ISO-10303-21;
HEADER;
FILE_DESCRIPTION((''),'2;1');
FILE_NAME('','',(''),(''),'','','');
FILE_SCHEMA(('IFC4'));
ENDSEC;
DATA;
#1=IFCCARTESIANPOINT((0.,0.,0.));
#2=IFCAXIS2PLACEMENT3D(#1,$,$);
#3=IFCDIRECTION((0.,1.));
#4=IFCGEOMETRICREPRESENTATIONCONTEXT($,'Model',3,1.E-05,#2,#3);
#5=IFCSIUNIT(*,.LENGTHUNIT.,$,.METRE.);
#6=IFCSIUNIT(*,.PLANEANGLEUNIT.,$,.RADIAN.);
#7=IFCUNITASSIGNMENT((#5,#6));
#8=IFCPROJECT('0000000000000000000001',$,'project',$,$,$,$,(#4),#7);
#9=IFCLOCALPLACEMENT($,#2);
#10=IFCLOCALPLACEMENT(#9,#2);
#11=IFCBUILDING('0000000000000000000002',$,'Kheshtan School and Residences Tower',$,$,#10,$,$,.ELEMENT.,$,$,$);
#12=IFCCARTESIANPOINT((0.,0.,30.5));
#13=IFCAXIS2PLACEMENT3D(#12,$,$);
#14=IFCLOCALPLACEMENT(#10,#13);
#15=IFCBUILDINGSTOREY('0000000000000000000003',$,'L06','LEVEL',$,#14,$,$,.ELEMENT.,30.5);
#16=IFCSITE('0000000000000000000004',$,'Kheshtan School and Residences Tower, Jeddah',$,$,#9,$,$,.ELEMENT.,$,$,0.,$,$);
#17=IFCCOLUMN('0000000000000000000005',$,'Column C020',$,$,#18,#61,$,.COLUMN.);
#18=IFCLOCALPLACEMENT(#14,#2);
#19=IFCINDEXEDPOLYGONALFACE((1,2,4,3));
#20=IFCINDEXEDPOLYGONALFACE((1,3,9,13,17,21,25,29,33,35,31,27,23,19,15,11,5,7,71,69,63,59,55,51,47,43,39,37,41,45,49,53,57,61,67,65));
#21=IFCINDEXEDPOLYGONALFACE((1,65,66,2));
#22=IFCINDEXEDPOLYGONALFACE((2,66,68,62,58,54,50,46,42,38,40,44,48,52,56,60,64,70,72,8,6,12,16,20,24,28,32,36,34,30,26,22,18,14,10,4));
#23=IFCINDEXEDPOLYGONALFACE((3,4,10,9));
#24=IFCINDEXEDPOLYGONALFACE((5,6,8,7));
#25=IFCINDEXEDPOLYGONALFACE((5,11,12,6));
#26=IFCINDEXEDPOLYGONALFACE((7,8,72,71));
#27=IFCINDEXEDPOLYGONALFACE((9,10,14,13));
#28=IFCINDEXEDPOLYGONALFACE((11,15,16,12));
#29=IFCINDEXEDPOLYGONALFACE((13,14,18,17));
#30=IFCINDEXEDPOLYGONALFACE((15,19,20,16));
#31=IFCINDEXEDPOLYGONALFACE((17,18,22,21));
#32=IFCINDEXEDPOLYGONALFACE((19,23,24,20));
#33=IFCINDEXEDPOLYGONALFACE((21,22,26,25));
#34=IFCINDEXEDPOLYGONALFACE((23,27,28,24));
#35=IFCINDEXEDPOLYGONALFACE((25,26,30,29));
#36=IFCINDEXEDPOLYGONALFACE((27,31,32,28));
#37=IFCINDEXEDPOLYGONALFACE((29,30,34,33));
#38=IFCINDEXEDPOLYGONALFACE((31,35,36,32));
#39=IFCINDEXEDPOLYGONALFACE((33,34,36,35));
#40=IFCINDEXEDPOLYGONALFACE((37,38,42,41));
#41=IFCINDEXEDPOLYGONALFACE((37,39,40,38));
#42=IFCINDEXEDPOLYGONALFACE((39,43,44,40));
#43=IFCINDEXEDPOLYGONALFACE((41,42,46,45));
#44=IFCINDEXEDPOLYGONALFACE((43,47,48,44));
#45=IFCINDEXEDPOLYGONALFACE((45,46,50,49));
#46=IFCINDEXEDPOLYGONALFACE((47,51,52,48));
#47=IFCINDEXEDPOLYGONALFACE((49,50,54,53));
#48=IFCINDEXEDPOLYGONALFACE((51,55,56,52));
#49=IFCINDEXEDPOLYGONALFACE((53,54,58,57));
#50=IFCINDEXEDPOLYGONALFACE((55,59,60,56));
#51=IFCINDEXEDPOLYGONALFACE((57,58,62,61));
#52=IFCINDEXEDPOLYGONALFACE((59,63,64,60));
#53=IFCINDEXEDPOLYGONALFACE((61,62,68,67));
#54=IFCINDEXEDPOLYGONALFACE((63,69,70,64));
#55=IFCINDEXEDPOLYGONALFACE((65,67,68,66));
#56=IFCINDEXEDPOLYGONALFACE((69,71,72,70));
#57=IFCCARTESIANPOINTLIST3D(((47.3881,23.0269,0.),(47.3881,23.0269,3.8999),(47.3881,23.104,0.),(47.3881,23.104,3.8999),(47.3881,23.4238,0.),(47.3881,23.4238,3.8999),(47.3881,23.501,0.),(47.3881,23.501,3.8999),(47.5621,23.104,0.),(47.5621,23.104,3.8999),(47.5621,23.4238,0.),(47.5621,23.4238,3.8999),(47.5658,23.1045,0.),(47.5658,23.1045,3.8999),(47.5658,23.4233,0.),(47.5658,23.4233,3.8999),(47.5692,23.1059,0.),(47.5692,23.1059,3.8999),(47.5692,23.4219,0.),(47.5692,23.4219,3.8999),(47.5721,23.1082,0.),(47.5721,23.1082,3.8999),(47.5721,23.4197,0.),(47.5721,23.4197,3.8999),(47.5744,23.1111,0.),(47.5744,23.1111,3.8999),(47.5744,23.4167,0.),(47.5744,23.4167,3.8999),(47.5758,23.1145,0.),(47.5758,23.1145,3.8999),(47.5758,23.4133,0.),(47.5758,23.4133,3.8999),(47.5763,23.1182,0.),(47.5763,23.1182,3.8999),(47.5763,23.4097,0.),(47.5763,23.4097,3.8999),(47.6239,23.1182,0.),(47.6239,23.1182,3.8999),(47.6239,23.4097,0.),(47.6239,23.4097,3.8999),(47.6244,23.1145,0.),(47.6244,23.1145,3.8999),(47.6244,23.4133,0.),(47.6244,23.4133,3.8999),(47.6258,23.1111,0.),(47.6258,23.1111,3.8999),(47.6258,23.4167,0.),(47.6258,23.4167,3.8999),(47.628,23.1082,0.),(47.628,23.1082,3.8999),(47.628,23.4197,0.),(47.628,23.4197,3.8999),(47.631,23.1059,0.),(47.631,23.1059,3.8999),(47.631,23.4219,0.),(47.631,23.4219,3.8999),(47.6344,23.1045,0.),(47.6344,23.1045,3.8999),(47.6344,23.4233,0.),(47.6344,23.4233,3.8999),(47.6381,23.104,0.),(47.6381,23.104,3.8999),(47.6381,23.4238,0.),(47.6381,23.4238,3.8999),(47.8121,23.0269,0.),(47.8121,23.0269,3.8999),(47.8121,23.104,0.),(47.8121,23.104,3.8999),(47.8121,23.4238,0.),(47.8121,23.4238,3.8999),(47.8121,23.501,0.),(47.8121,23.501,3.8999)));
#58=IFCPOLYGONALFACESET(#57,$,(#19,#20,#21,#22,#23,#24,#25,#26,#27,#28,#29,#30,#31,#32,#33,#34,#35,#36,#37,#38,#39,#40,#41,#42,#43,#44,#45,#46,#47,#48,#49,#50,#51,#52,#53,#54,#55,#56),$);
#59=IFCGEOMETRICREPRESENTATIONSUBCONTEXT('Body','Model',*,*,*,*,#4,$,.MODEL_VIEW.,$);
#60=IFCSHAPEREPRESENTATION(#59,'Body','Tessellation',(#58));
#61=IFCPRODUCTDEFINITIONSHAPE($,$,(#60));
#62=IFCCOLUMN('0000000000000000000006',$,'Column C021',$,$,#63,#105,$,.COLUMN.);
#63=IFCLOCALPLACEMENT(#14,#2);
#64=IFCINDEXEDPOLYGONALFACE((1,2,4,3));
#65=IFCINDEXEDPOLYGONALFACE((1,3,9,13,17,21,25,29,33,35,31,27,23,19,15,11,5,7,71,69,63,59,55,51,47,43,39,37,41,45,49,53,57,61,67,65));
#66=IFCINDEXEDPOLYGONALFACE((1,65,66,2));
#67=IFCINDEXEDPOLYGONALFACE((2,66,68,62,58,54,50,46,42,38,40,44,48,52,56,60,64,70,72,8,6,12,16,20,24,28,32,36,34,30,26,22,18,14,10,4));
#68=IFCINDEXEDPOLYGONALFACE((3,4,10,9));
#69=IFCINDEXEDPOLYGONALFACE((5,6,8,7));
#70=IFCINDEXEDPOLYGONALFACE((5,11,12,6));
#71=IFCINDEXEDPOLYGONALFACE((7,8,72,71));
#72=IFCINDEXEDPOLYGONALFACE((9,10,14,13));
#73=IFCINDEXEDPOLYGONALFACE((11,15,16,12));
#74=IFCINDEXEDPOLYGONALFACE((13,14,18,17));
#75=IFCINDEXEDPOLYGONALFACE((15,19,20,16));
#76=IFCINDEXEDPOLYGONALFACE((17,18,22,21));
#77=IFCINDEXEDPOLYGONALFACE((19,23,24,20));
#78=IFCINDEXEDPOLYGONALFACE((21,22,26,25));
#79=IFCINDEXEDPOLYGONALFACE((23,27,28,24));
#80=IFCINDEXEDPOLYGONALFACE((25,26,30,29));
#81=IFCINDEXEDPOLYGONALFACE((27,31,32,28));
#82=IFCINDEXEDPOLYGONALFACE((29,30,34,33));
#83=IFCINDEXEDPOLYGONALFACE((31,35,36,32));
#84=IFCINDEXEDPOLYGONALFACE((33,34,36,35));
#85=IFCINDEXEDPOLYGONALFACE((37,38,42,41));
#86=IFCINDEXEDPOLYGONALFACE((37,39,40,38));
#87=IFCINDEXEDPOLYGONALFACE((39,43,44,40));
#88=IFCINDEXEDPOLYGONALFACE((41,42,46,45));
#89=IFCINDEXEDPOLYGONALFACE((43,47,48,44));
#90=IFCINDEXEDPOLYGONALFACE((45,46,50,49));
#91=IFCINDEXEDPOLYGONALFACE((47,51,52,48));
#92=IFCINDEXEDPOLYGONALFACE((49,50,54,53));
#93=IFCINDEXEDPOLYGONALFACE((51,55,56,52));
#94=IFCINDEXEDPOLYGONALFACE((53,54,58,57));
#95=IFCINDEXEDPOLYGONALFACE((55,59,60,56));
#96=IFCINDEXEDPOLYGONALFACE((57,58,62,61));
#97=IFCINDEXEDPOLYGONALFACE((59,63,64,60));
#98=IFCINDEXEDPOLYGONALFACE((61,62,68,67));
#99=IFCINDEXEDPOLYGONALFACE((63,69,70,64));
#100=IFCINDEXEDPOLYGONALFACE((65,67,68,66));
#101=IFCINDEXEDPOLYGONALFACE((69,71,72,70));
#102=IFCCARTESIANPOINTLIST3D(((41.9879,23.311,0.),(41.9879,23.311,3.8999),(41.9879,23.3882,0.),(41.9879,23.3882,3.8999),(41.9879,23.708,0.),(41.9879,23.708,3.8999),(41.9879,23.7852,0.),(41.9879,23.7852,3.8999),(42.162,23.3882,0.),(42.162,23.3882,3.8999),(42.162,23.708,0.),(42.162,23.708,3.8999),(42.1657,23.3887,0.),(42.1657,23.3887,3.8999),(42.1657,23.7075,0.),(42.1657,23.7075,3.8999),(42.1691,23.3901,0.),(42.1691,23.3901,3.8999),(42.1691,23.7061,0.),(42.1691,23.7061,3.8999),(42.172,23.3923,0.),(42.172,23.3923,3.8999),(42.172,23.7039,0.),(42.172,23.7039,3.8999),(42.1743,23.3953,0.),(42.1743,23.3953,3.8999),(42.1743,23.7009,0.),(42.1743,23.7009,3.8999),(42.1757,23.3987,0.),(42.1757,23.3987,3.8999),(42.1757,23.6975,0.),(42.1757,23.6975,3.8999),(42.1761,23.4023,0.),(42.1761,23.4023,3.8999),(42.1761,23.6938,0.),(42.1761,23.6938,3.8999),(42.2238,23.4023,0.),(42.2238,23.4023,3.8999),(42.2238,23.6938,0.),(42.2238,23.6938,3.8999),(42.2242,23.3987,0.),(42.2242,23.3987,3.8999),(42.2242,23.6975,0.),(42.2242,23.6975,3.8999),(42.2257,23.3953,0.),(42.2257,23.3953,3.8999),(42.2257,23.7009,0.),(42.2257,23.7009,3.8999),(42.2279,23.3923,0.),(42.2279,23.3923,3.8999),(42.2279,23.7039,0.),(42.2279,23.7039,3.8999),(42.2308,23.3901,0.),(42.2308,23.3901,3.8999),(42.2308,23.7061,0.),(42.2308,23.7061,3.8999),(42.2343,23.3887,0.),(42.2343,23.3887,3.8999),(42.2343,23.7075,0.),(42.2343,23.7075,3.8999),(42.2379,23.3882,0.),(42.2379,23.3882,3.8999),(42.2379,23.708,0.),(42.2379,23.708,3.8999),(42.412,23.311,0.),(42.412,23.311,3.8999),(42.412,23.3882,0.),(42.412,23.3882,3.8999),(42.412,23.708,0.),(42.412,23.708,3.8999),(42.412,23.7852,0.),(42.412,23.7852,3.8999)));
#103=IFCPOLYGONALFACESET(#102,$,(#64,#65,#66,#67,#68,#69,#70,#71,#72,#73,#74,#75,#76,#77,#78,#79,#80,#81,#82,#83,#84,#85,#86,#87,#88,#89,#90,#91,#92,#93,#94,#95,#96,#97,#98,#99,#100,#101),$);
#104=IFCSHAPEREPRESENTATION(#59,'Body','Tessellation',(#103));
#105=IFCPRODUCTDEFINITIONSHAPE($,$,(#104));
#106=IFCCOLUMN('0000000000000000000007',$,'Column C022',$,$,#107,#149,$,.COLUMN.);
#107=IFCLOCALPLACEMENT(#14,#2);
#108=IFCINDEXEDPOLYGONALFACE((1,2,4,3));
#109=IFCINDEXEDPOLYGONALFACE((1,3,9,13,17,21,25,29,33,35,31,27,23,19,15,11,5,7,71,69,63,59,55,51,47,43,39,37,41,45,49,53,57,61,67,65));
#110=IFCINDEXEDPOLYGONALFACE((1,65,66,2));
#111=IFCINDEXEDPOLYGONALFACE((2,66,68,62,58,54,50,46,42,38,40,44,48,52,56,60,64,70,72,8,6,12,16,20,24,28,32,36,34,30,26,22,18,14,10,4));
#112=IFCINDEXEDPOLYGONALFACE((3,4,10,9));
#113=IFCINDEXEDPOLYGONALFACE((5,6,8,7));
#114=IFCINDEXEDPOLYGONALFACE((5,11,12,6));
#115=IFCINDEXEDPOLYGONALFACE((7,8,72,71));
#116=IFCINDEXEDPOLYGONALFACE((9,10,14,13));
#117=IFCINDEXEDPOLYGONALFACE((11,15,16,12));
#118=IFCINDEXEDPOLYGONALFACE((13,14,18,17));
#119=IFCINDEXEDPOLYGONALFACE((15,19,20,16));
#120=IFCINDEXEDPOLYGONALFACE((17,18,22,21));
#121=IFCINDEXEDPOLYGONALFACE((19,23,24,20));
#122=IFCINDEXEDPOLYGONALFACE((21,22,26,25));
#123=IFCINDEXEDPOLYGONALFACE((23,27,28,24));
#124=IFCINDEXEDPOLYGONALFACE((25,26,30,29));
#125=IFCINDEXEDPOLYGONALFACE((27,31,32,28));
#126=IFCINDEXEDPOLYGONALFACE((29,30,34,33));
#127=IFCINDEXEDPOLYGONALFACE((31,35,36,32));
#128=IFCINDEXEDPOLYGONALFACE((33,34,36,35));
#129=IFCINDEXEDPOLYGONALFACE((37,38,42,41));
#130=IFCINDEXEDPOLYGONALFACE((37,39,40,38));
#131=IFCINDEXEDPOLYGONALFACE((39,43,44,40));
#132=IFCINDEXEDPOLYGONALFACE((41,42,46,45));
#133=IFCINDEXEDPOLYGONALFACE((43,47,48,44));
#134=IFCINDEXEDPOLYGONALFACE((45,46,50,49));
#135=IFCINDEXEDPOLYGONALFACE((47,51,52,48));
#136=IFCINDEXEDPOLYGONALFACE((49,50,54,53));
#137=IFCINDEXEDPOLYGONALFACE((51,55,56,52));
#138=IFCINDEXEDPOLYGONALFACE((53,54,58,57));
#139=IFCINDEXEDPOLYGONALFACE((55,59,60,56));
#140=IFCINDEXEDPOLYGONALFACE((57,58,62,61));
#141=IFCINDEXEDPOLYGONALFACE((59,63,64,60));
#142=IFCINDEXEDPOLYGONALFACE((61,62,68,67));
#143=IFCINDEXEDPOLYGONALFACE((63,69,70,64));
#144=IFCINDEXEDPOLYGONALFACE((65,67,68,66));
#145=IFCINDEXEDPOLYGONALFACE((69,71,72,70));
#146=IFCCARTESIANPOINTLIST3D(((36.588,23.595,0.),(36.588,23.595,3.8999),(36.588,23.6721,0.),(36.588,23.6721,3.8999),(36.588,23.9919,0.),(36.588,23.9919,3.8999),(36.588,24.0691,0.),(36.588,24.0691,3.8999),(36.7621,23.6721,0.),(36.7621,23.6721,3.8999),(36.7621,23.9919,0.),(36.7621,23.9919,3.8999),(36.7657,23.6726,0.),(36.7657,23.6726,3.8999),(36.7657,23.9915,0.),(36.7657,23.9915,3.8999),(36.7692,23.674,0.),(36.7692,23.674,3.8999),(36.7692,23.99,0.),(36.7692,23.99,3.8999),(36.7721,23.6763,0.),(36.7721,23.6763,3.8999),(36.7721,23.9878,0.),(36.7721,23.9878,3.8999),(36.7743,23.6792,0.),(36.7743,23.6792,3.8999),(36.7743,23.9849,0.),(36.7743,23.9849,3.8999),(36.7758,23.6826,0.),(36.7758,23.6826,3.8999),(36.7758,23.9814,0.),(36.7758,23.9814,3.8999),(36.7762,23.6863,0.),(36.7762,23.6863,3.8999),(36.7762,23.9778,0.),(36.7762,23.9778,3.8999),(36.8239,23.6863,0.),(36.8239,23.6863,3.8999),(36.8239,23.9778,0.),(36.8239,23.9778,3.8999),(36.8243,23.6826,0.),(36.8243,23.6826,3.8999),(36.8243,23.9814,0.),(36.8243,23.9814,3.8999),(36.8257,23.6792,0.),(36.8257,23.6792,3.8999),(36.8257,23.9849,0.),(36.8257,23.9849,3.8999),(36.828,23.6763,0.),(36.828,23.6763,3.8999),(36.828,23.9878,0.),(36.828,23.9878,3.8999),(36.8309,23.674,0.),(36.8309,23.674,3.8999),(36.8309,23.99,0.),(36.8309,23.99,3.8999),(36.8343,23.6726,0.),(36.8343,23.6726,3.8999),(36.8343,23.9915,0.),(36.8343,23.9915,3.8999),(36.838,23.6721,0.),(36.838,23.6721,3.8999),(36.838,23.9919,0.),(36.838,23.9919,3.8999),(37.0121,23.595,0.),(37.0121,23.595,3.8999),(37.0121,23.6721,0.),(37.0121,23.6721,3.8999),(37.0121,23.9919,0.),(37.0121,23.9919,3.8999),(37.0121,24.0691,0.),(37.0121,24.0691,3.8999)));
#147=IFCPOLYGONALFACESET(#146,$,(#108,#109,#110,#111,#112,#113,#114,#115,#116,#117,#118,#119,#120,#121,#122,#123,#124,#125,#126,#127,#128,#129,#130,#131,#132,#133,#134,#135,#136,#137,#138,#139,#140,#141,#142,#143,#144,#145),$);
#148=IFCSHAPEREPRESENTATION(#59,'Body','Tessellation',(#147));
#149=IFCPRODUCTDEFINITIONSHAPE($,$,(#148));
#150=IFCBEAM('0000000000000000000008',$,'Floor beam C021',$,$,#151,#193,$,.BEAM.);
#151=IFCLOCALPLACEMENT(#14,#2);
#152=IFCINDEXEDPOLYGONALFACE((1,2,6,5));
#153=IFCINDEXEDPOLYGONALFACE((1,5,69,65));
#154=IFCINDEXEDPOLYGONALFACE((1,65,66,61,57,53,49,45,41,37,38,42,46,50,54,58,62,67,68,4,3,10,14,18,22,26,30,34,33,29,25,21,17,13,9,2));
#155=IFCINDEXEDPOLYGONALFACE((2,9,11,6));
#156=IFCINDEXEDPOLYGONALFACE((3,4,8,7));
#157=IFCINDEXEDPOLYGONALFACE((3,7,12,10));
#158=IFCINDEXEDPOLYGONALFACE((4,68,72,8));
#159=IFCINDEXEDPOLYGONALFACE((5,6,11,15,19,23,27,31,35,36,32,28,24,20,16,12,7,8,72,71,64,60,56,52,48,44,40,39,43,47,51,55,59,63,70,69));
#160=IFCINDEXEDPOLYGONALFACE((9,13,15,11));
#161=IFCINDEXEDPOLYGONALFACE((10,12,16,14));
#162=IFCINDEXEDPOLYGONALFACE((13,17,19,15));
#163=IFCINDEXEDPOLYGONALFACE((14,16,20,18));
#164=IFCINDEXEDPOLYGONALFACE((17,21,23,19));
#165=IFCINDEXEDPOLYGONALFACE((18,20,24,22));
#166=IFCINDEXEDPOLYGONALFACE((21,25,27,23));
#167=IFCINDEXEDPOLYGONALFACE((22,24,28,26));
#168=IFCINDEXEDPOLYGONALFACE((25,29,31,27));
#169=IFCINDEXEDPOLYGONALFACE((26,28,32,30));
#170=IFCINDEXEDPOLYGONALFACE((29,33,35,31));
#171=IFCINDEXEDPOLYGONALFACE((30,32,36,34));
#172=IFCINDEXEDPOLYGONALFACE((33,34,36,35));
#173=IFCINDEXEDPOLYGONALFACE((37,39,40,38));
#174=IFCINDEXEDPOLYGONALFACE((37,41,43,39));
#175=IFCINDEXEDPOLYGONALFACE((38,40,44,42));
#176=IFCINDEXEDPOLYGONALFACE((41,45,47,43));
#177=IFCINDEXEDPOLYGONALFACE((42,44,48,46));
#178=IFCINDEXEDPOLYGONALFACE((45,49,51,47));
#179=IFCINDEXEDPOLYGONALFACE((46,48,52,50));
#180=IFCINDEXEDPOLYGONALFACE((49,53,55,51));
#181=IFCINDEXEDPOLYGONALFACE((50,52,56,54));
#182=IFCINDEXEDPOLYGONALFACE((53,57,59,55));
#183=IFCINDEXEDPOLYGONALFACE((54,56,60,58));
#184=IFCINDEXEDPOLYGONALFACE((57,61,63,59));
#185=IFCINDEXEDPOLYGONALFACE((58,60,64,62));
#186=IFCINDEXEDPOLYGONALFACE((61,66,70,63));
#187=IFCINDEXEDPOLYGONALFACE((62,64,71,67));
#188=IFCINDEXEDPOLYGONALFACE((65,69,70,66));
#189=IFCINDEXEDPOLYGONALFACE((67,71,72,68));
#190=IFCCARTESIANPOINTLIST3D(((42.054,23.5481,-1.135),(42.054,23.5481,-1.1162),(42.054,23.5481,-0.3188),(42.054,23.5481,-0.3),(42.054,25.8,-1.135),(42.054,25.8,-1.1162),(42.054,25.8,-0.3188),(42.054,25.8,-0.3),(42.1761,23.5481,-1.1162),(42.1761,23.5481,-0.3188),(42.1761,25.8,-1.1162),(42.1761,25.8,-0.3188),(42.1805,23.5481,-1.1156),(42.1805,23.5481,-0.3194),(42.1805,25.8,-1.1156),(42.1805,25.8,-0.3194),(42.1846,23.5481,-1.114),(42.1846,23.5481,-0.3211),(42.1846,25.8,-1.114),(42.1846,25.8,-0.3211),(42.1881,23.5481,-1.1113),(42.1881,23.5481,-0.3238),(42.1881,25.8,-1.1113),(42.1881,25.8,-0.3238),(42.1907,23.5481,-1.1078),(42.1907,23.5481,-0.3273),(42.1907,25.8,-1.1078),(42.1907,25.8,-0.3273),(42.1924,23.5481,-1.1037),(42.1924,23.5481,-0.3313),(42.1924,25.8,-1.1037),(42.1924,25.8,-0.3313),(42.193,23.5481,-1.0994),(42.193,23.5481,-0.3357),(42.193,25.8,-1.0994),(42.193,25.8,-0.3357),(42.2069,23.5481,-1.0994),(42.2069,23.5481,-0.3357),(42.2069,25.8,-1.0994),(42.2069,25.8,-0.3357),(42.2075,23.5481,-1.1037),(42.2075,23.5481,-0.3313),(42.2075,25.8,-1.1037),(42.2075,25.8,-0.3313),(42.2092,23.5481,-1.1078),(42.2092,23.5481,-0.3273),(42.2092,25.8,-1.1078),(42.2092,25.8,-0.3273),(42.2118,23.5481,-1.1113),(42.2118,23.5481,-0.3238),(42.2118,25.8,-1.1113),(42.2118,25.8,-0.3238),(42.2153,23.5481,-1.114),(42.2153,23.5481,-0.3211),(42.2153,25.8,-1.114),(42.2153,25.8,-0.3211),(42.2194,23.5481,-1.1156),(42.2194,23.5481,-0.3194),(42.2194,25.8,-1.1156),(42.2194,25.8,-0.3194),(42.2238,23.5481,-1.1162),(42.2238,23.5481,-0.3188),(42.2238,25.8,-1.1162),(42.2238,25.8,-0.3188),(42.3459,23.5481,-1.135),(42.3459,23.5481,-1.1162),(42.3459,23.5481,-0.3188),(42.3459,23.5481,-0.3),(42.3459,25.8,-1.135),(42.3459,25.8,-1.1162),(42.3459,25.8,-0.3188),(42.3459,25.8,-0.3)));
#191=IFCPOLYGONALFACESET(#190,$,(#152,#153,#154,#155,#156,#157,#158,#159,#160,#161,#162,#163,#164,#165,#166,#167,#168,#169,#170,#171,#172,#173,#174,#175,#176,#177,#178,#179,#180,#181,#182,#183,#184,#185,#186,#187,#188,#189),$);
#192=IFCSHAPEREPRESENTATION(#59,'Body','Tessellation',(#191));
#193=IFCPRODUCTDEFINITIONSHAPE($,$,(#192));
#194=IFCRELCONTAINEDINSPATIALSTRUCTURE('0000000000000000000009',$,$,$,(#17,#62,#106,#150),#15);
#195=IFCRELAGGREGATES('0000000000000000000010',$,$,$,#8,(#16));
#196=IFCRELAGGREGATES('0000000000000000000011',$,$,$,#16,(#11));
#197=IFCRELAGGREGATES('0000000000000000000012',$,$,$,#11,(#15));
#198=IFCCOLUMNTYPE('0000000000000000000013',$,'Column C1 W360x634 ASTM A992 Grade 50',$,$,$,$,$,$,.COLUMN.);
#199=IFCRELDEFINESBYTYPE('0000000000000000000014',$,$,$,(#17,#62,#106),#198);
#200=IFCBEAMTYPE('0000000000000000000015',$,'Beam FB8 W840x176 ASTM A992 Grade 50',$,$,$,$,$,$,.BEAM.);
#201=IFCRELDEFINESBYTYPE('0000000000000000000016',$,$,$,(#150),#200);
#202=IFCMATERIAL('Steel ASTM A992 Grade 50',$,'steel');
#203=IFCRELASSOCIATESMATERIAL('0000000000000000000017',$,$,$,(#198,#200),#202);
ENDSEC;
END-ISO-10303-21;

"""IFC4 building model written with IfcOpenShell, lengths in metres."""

from ifc_helpers import new_model, si_unit, direction, frame, origin, origin_2d, place, context, subcontext, project, spatial, i_section, extrude, material, material_profile, profile_set, type_object, element, save


model = new_model("IFC4")

# Units and contexts
model_context = context("Model", 3, precision=1e-05, world=origin(), true_north=direction((0.0, 1.0)))
body_context = subcontext(model_context, "Body", "Model", "MODEL_VIEW")
ifc_project = project(units=[si_unit("LENGTHUNIT", "METRE"), si_unit("PLANEANGLEUNIT", "RADIAN")], contexts=[model_context])

# Site, building, storey
site_placement = place(None, origin())
site = spatial("IfcSite", under=ifc_project, at=site_placement, Name="Kheshtan School and Residences Tower, Jeddah", CompositionType="ELEMENT", RefElevation=0.0)
building_placement = place(site_placement, origin())
building = spatial("IfcBuilding", under=site, at=building_placement, Name="Kheshtan School and Residences Tower", CompositionType="ELEMENT")
storey_placement = place(building_placement, frame((0.0, 0.0, 30.5)))
storey = spatial("IfcBuildingStorey", under=building, at=storey_placement, Name="L06", Description="LEVEL", CompositionType="ELEMENT", Elevation=30.5)

# Columns
ifc_material_1 = material(Name="Steel ASTM A992 Grade 50", Category="steel")
ifc_material_profile_1 = material_profile(ifc_material_1, i_section(OverallWidth=0.4241, OverallDepth=0.4741, WebThickness=0.0476, FlangeThickness=0.0771, FilletRadius=0.0142, at=origin_2d()), Name="W360x634")
ifc_profile_set_1 = profile_set([ifc_material_profile_1], Name="Steel ASTM A992 Grade 50")
column_type = type_object("IfcColumnType", Name="Column C1 W360x634 ASTM A992 Grade 50", PredefinedType="COLUMN", material=ifc_profile_set_1)
for number, where, z_axis, x_axis, name in (
    (1, (47.6001, 23.2639, 0.0), (0.0, 0.0, 1.0), (1.0, 0.0, 0.0), "Column C020"),
    (2, (42.2, 23.5481, 0.0), (0.0, 0.0, 1.0), (1.0, 0.0, 0.0), "Column C021"),
    (3, (36.8, 23.832, 0.0), (0.0, 0.0, 1.0), (1.0, 0.0, 0.0), "Column C022"),
):
    element("IfcColumn", number, at=place(storey_placement, frame(where, z_axis=z_axis, x_axis=x_axis)), inside=storey, type_object=column_type, Name=name, PredefinedType="COLUMN", context=body_context, shape_type="SweptSolid", body=[
        extrude(i_section(OverallWidth=0.4241, OverallDepth=0.4741, WebThickness=0.0476, FlangeThickness=0.0771, FilletRadius=0.0142, at=origin_2d()), origin(), (0.0, 0.0, 1.0), 3.8999),
    ])

# Beam
ifc_material_profile_2 = material_profile(ifc_material_1, i_section(OverallWidth=0.292, OverallDepth=0.835, WebThickness=0.0139, FlangeThickness=0.0188, FilletRadius=0.0168, at=origin_2d()), Name="W840x176")
ifc_profile_set_2 = profile_set([ifc_material_profile_2], Name="Steel ASTM A992 Grade 50")
beam_type_1 = type_object("IfcBeamType", Name="Beam FB8 W840x176 ASTM A992 Grade 50", PredefinedType="BEAM", material=ifc_profile_set_2)
beam_1_placement = place(storey_placement, frame((42.2, 23.5481, -0.7175), z_axis=(0.0, 1.0, 0.0), x_axis=(-1.0, 0.0, 0.0)))
element("IfcBeam", 4, at=beam_1_placement, inside=storey, type_object=beam_type_1, Name="Floor beam C021", PredefinedType="BEAM", context=body_context, shape_type="SweptSolid", body=[
    extrude(i_section(OverallWidth=0.292, OverallDepth=0.835, WebThickness=0.0139, FlangeThickness=0.0188, FilletRadius=0.0168, at=origin_2d()), origin(), (0.0, 0.0, 1.0), 2.252),
])

save(model, "model.ifc")
